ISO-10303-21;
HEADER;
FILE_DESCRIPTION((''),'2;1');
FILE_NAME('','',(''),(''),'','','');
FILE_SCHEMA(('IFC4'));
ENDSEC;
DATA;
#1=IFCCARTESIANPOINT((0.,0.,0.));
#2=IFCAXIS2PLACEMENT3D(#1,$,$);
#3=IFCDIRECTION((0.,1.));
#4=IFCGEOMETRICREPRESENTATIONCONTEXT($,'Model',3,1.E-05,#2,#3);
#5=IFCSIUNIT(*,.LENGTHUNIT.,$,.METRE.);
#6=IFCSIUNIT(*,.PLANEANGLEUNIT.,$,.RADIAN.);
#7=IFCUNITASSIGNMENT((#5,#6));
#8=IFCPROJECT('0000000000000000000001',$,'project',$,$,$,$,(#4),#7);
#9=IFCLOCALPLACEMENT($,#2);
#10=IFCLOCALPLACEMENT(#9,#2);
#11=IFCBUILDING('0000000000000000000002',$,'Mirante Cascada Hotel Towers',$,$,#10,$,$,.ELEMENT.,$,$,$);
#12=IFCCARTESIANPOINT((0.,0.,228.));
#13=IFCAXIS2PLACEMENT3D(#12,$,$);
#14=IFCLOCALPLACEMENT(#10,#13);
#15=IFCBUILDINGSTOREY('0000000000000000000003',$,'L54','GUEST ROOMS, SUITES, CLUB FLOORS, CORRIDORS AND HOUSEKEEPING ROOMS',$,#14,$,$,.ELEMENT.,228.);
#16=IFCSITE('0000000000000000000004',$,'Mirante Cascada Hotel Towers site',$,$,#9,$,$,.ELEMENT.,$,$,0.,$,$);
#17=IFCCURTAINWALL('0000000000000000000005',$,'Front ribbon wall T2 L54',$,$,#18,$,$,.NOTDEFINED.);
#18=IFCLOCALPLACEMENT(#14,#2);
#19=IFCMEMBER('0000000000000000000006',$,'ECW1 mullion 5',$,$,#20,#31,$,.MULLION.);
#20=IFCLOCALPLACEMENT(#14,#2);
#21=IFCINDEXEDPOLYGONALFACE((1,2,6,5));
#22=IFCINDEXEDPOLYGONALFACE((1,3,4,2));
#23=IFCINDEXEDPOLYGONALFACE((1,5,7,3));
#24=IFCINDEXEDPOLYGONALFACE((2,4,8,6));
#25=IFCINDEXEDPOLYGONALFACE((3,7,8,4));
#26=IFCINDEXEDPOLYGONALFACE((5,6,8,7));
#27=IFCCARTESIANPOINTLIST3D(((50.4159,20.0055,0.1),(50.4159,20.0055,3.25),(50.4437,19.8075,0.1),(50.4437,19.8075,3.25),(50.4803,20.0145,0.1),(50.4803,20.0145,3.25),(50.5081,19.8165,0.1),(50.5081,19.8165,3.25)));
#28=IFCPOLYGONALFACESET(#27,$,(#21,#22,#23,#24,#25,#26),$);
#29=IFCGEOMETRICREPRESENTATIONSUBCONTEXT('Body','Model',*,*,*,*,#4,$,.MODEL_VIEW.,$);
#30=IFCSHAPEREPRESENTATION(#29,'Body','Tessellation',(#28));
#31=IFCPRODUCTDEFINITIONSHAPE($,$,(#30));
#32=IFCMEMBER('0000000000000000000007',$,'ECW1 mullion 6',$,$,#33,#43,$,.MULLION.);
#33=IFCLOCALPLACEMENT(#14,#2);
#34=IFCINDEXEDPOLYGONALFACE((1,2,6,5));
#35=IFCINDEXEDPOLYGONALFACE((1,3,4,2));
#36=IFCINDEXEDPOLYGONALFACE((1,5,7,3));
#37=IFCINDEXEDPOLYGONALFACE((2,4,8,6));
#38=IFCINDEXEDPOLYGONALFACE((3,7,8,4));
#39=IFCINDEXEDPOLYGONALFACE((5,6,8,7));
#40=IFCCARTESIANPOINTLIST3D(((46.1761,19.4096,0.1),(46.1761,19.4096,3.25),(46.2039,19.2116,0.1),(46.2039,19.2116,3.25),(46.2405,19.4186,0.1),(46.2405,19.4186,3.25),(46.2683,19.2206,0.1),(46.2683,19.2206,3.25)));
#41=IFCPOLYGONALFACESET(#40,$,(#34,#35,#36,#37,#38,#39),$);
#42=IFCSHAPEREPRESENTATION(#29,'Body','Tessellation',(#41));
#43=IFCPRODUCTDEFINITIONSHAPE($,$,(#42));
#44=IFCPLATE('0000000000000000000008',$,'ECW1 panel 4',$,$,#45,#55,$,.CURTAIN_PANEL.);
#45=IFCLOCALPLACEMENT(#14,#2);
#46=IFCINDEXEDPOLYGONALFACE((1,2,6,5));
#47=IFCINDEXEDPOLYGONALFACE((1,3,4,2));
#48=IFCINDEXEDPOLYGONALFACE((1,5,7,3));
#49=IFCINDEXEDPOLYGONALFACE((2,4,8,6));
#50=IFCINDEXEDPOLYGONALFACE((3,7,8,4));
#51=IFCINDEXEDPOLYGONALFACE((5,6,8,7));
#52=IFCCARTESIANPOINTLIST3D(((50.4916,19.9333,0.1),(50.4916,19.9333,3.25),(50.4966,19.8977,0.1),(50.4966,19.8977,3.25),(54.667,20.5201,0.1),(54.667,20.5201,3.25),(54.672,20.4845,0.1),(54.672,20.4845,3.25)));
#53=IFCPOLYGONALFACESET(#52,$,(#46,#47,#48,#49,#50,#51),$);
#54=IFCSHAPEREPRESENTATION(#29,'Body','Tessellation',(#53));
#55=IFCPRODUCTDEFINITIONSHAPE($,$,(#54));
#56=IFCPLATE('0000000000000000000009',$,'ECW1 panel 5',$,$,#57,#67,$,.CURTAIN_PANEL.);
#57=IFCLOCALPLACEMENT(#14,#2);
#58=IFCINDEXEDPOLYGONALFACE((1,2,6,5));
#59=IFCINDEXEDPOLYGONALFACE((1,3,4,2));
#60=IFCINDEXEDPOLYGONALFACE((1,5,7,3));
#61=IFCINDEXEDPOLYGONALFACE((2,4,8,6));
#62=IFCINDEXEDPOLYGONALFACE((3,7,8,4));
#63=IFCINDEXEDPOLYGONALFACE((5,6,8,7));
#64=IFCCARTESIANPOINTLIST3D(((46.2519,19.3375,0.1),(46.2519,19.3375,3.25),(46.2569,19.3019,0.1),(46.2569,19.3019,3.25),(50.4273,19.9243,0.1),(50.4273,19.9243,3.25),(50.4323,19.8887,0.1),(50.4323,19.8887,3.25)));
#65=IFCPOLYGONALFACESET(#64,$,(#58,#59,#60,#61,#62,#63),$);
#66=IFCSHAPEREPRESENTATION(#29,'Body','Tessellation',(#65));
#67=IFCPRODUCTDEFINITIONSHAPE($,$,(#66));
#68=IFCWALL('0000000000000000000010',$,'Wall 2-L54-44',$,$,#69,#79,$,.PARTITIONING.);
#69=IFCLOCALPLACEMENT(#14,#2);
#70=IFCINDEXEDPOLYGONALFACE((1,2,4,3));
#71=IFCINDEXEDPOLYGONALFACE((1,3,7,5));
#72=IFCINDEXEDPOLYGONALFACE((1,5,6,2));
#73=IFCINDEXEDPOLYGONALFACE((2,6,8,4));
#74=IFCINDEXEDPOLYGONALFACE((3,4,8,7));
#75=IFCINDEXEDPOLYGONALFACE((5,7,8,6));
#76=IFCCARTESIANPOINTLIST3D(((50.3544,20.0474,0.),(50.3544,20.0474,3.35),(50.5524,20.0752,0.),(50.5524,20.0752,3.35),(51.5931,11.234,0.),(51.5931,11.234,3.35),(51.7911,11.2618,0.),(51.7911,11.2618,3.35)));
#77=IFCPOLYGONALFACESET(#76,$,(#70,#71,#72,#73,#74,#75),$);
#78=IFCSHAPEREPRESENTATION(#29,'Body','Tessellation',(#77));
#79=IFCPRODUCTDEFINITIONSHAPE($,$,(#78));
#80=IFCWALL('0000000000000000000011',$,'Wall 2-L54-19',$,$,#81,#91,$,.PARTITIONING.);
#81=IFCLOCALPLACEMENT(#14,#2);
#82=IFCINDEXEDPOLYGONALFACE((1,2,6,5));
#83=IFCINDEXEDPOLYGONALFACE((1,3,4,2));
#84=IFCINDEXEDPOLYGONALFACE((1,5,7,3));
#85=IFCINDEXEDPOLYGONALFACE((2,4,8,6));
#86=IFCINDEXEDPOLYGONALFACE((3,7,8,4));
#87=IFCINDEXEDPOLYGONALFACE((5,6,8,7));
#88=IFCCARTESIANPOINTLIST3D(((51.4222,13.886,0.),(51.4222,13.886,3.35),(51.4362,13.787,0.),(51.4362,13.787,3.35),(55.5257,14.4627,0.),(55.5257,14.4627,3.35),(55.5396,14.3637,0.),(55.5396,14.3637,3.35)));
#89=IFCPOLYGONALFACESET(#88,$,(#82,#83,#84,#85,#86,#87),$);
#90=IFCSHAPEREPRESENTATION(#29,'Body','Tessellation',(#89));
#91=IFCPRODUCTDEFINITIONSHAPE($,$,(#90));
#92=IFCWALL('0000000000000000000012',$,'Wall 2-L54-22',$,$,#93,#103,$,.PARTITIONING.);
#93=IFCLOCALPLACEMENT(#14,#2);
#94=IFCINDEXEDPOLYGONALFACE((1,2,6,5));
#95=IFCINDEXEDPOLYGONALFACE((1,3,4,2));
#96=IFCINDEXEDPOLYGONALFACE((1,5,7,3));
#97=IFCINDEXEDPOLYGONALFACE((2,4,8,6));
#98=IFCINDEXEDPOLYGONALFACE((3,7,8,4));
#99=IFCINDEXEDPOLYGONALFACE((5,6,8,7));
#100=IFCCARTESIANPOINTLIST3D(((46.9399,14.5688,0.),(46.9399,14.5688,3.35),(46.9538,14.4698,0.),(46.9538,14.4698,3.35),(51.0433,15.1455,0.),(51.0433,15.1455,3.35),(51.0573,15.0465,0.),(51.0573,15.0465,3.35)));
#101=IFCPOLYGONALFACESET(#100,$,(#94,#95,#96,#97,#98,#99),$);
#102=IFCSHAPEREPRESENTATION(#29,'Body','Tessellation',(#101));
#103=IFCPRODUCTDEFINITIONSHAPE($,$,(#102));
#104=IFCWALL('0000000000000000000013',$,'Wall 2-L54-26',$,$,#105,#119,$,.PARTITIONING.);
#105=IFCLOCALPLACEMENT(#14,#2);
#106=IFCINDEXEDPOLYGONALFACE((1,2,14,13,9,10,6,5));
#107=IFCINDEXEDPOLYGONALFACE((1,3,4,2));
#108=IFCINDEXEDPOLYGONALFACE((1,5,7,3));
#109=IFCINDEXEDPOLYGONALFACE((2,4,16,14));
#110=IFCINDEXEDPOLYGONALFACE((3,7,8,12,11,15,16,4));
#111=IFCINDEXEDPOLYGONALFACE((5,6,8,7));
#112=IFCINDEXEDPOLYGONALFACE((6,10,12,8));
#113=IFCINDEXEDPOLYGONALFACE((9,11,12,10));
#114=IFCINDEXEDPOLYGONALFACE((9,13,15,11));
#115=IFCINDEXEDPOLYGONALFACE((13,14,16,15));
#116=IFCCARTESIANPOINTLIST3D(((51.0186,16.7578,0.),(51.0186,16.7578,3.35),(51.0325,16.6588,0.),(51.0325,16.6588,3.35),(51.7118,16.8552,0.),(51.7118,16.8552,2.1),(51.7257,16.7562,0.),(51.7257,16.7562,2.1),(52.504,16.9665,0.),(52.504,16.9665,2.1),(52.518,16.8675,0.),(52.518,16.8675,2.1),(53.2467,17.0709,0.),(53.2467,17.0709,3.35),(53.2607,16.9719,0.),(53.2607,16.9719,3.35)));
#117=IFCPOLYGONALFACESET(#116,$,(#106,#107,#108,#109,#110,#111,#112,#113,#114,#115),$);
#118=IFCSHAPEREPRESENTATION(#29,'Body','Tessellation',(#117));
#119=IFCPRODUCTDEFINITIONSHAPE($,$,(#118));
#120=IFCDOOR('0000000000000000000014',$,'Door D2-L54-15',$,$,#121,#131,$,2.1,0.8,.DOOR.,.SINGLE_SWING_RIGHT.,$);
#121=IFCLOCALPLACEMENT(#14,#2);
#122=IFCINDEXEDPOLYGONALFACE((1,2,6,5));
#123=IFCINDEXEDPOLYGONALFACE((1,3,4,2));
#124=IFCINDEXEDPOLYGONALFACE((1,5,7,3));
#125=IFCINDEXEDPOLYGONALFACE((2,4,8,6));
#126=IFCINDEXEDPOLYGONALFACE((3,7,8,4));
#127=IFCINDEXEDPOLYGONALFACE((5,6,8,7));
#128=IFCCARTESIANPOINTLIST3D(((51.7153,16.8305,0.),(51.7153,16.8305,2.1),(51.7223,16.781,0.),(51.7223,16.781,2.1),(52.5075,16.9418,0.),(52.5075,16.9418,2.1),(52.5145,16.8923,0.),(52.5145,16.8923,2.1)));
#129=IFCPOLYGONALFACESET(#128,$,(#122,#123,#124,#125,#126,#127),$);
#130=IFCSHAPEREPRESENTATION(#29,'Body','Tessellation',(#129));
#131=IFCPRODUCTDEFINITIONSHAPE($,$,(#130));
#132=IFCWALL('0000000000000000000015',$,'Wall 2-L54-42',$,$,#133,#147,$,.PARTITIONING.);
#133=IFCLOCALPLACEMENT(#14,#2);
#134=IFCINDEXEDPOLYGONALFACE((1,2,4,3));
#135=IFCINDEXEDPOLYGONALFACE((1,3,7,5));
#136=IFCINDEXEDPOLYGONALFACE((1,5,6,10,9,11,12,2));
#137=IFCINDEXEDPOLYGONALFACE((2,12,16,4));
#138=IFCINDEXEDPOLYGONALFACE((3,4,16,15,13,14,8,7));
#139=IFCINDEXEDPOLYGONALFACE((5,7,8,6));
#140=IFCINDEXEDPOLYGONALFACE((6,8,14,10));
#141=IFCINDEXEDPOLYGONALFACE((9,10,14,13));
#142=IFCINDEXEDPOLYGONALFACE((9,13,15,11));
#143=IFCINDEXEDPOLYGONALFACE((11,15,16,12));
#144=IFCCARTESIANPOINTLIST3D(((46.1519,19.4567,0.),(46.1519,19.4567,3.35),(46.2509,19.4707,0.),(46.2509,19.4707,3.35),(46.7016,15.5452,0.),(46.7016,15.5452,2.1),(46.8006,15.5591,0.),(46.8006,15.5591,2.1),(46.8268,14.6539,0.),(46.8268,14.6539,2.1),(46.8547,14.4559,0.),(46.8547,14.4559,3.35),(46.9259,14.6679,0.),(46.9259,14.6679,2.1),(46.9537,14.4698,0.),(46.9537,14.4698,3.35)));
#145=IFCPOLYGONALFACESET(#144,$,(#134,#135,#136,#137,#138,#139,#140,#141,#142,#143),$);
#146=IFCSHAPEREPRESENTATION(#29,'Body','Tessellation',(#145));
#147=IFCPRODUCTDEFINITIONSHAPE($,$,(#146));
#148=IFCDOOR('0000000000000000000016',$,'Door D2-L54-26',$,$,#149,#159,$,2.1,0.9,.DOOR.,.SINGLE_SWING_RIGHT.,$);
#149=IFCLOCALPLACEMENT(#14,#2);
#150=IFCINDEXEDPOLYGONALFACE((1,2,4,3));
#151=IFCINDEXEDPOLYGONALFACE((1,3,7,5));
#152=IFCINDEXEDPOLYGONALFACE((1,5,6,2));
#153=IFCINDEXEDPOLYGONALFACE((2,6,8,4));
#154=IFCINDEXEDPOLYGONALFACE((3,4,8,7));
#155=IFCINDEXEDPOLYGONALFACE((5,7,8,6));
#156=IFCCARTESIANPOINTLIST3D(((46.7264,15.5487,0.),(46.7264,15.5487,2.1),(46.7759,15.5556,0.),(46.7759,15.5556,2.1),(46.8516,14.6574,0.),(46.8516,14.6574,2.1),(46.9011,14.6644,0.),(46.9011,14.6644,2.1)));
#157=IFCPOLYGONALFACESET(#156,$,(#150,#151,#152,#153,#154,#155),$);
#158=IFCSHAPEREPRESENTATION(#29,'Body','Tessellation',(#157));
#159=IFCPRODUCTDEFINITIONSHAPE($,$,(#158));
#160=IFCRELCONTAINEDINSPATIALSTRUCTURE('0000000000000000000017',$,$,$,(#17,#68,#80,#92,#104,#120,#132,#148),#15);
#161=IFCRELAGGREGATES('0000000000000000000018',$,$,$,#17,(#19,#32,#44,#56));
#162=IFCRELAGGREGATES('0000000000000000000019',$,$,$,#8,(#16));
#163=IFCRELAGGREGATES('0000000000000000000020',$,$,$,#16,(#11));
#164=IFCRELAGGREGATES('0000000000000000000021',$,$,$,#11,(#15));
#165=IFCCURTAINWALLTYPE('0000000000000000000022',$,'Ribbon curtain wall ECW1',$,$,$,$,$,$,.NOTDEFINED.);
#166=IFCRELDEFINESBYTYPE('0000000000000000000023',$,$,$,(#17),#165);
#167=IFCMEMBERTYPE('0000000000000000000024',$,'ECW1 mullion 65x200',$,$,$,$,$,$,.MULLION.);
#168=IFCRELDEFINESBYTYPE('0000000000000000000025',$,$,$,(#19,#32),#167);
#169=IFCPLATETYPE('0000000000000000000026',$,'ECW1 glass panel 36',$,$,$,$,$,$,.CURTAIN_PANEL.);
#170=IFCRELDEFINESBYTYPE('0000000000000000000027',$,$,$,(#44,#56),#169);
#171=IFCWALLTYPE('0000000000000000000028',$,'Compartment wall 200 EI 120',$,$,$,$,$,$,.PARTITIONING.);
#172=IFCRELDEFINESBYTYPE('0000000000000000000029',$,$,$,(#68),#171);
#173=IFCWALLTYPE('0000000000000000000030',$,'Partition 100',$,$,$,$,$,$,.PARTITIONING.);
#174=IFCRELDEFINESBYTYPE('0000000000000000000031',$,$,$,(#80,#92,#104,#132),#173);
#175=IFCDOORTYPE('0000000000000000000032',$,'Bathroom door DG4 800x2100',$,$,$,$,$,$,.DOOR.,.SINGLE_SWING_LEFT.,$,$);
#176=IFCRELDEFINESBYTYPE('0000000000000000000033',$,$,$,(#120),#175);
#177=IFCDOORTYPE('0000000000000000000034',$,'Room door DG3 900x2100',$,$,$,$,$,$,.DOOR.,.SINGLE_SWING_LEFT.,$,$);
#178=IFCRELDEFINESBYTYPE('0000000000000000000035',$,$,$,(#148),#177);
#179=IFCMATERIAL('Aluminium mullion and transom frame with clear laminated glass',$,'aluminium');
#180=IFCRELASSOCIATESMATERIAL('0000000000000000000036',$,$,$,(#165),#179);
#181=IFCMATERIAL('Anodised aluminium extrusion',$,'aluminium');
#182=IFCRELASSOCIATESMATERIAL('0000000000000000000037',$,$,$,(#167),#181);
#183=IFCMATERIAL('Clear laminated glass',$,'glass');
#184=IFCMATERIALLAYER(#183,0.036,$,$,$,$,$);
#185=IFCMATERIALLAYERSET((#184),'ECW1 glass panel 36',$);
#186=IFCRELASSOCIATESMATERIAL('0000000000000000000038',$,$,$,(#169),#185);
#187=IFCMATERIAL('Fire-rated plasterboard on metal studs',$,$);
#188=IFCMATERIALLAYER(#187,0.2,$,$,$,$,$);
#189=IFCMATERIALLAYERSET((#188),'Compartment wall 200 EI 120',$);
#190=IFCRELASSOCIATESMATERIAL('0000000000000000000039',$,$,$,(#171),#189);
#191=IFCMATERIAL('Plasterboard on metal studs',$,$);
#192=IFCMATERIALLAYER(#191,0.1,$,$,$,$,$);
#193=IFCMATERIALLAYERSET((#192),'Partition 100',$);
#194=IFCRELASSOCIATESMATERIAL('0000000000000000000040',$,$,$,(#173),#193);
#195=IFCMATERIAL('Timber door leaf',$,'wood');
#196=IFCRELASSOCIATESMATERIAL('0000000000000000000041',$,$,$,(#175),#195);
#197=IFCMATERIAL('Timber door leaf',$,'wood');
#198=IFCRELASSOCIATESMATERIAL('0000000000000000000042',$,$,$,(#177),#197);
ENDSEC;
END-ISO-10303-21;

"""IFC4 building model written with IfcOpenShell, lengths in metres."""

from ifc_helpers import new_model, si_unit, direction, frame, frame_2d, origin, origin_2d, place, context, subcontext, project, spatial, rectangle, extrude, material, layer, layer_set, material_profile, profile_set, type_object, element, fill, aggregate, save


model = new_model("IFC4")

# Units and contexts
model_context = context("Model", 3, precision=1e-05, world=origin(), true_north=direction((0.0, 1.0)))
body_context = subcontext(model_context, "Body", "Model", "MODEL_VIEW")
ifc_project = project(units=[si_unit("LENGTHUNIT", "METRE"), si_unit("PLANEANGLEUNIT", "RADIAN")], contexts=[model_context])

# Site, building, storey
site_placement = place(None, origin())
site = spatial("IfcSite", under=ifc_project, at=site_placement, Name="Mirante Cascada Hotel Towers site", CompositionType="ELEMENT", RefElevation=0.0)
building_placement = place(site_placement, origin())
building = spatial("IfcBuilding", under=site, at=building_placement, Name="Mirante Cascada Hotel Towers", CompositionType="ELEMENT")
storey_placement = place(building_placement, frame((0.0, 0.0, 228.0)))
storey = spatial("IfcBuildingStorey", under=building, at=storey_placement, Name="L54", Description="GUEST ROOMS, SUITES, CLUB FLOORS, CORRIDORS AND HOUSEKEEPING ROOMS", CompositionType="ELEMENT", Elevation=228.0)

# Curtain wall, members, plates
ifc_material_1 = material(Name="Aluminium mullion and transom frame with clear laminated glass", Category="aluminium")
curtain_wall_type = type_object("IfcCurtainWallType", Name="Ribbon curtain wall ECW1", PredefinedType="NOTDEFINED", material=ifc_material_1)
curtain_wall_placement = place(storey_placement, origin())
curtain_wall = element("IfcCurtainWall", 1, at=curtain_wall_placement, inside=storey, type_object=curtain_wall_type, Name="Front ribbon wall T2 L54", PredefinedType="NOTDEFINED")
ifc_material_2 = material(Name="Anodised aluminium extrusion", Category="aluminium")
ifc_material_profile = material_profile(ifc_material_2, rectangle(XDim=0.2, YDim=0.065, at=origin_2d()), Name="ECW1 MULLION 65x200")
ifc_profile_set = profile_set([ifc_material_profile], Name="Anodised aluminium extrusion")
member_type = type_object("IfcMemberType", Name="ECW1 mullion 65x200", PredefinedType="MULLION", material=ifc_profile_set)
member_1_placement = place(storey_placement, frame((50.462, 19.911, 0.1), z_axis=(0.0, 0.0, 1.0), x_axis=(0.139173, -0.990268, 0.0)))
member_1 = element("IfcMember", 2, at=member_1_placement, type_object=member_type, Name="ECW1 mullion 5", PredefinedType="MULLION", context=body_context, shape_type="SweptSolid", body=[
    extrude(rectangle(XDim=0.2, YDim=0.065, at=origin_2d()), origin(), (0.0, 0.0, 1.0), 3.15),
])
member_2_placement = place(storey_placement, frame((46.2222, 19.3151, 0.1), z_axis=(0.0, 0.0, 1.0), x_axis=(0.139173, -0.990268, 0.0)))
member_2 = element("IfcMember", 3, at=member_2_placement, type_object=member_type, Name="ECW1 mullion 6", PredefinedType="MULLION", context=body_context, shape_type="SweptSolid", body=[
    extrude(rectangle(XDim=0.2, YDim=0.065, at=origin_2d()), origin(), (0.0, 0.0, 1.0), 3.15),
])
ifc_material_3 = material(Name="Clear laminated glass", Category="glass")
ifc_layer_1 = layer(ifc_material_3, 0.036)
ifc_layer_set_1 = layer_set([ifc_layer_1], Name="ECW1 glass panel 36")
plate_type = type_object("IfcPlateType", Name="ECW1 glass panel 36", PredefinedType="CURTAIN_PANEL", material=ifc_layer_set_1)
plate_1_placement = place(storey_placement, frame((52.5818, 20.2089, 0.1), z_axis=(0.0, 0.0, 1.0), x_axis=(-0.990268, -0.139173, 0.0)))
plate_1 = element("IfcPlate", 4, at=plate_1_placement, type_object=plate_type, Name="ECW1 panel 4", PredefinedType="CURTAIN_PANEL", context=body_context, shape_type="SweptSolid", body=[
    extrude(rectangle(XDim=4.2164, YDim=0.036, at=origin_2d()), origin(), (0.0, 0.0, 1.0), 3.15),
])
plate_2_placement = place(storey_placement, frame((48.3421, 19.6131, 0.1), z_axis=(0.0, 0.0, 1.0), x_axis=(-0.990268, -0.139173, 0.0)))
plate_2 = element("IfcPlate", 5, at=plate_2_placement, type_object=plate_type, Name="ECW1 panel 5", PredefinedType="CURTAIN_PANEL", context=body_context, shape_type="SweptSolid", body=[
    extrude(rectangle(XDim=4.2164, YDim=0.036, at=origin_2d()), origin(), (0.0, 0.0, 1.0), 3.15),
])
aggregate(curtain_wall, [member_1, member_2, plate_1, plate_2])

# Walls
ifc_material_4 = material(Name="Fire-rated plasterboard on metal studs")
ifc_layer_2 = layer(ifc_material_4, 0.2)
ifc_layer_set_2 = layer_set([ifc_layer_2], Name="Compartment wall 200 EI 120")
wall_type_1 = type_object("IfcWallType", Name="Compartment wall 200 EI 120", PredefinedType="PARTITIONING", material=ifc_layer_set_2)
wall_1_placement = place(storey_placement, frame((50.4534, 20.0613, 0.0), z_axis=(0.0, 0.0, 1.0), x_axis=(0.139179, -0.990267, 0.0)))
element("IfcWall", 6, at=wall_1_placement, inside=storey, type_object=wall_type_1, Name="Wall 2-L54-44", PredefinedType="PARTITIONING", context=body_context, shape_type="SweptSolid", body=[
    extrude(rectangle(XDim=8.9, YDim=0.2, at=frame_2d((4.45, 0.0))), origin(), (0.0, 0.0, 1.0), 3.35),
])
ifc_material_5 = material(Name="Plasterboard on metal studs")
ifc_layer_3 = layer(ifc_material_5, 0.1)
ifc_layer_set_3 = layer_set([ifc_layer_3], Name="Partition 100")
wall_type_2 = type_object("IfcWallType", Name="Partition 100", PredefinedType="PARTITIONING", material=ifc_layer_set_3)
for number, where, z_axis, x_axis, name in (
    (7, (51.4292, 13.8365, 0.0), (0.0, 0.0, 1.0), (0.990268, 0.139171, 0.0), "Wall 2-L54-19"),
    (8, (51.0503, 15.096, 0.0), (0.0, 0.0, 1.0), (-0.990268, -0.139171, 0.0), "Wall 2-L54-22"),
):
    element("IfcWall", number, at=place(storey_placement, frame(where, z_axis=z_axis, x_axis=x_axis)), inside=storey, type_object=wall_type_2, Name=name, PredefinedType="PARTITIONING", context=body_context, shape_type="SweptSolid", body=[
        extrude(rectangle(XDim=4.1438, YDim=0.1, at=frame_2d((2.0719, 0.0))), origin(), (0.0, 0.0, 1.0), 3.35),
    ])

# Walls, openings, doors
wall_2_placement = place(storey_placement, frame((53.2537, 17.0214, 0.0), z_axis=(0.0, 0.0, 1.0), x_axis=(-0.990271, -0.139156, 0.0)))
wall_2 = element("IfcWall", 9, at=wall_2_placement, inside=storey, type_object=wall_type_2, Name="Wall 2-L54-26", PredefinedType="PARTITIONING", context=body_context, shape_type="SweptSolid", body=[
    extrude(rectangle(XDim=2.25, YDim=0.1, at=frame_2d((1.125, 0.0))), origin(), (0.0, 0.0, 1.0), 3.35),
])
opening_1_placement = place(wall_2_placement, frame((0.75, 0.0, 0.0)))
opening_1 = element("IfcOpeningElement", 10, at=opening_1_placement, cuts=wall_2, PredefinedType="OPENING", context=body_context, shape_type="SweptSolid", body=[
    extrude(rectangle(XDim=0.8, YDim=2.1, at=frame_2d((0.4, 1.05))), frame((0.0, 0.05, 0.0), z_axis=(0.0, -1.0, 0.0), x_axis=(1.0, 0.0, 0.0)), (0.0, 0.0, 1.0), 0.1),
])
ifc_material_6 = material(Name="Timber door leaf", Category="wood")
door_type_1 = type_object("IfcDoorType", Name="Bathroom door DG4 800x2100", OperationType="SINGLE_SWING_LEFT", PredefinedType="DOOR", material=ifc_material_6)
door_1_placement = place(opening_1_placement, frame((0.8, 0.0, 0.0), z_axis=(0.0, 0.0, 1.0), x_axis=(-1.0, 0.0, 0.0)))
door_1 = element("IfcDoor", 11, at=door_1_placement, inside=storey, type_object=door_type_1, Name="Door D2-L54-15", OperationType="SINGLE_SWING_RIGHT", OverallHeight=2.1, OverallWidth=0.8, PredefinedType="DOOR", context=body_context, shape_type="SweptSolid", body=[
    extrude(rectangle(XDim=0.8, YDim=2.1, at=frame_2d((0.4, 1.05))), frame((0.0, 0.025, 0.0), z_axis=(0.0, -1.0, 0.0), x_axis=(1.0, 0.0, 0.0)), (0.0, 0.0, 1.0), 0.05),
])
fill(opening_1, door_1)
wall_3_placement = place(storey_placement, frame((46.2014, 19.4637, 0.0), z_axis=(0.0, 0.0, 1.0), x_axis=(0.139167, -0.990269, 0.0)))
wall_3 = element("IfcWall", 12, at=wall_3_placement, inside=storey, type_object=wall_type_2, Name="Wall 2-L54-42", PredefinedType="PARTITIONING", context=body_context, shape_type="SweptSolid", body=[
    extrude(rectangle(XDim=5.05, YDim=0.1, at=frame_2d((2.525, 0.0))), origin(), (0.0, 0.0, 1.0), 3.35),
])
opening_2_placement = place(wall_3_placement, frame((3.95, 0.0, 0.0)))
opening_2 = element("IfcOpeningElement", 13, at=opening_2_placement, cuts=wall_3, PredefinedType="OPENING", context=body_context, shape_type="SweptSolid", body=[
    extrude(rectangle(XDim=0.9, YDim=2.1, at=frame_2d((0.45, 1.05))), frame((0.0, 0.05, 0.0), z_axis=(0.0, -1.0, 0.0), x_axis=(1.0, 0.0, 0.0)), (0.0, 0.0, 1.0), 0.1),
])
ifc_material_7 = material(Name="Timber door leaf", Category="wood")
door_type_2 = type_object("IfcDoorType", Name="Room door DG3 900x2100", OperationType="SINGLE_SWING_LEFT", PredefinedType="DOOR", material=ifc_material_7)
door_2_placement = place(opening_2_placement, frame((0.9, 0.0, 0.0), z_axis=(0.0, 0.0, 1.0), x_axis=(-1.0, 0.0, 0.0)))
door_2 = element("IfcDoor", 14, at=door_2_placement, inside=storey, type_object=door_type_2, Name="Door D2-L54-26", OperationType="SINGLE_SWING_RIGHT", OverallHeight=2.1, OverallWidth=0.9, PredefinedType="DOOR", context=body_context, shape_type="SweptSolid", body=[
    extrude(rectangle(XDim=0.9, YDim=2.1, at=frame_2d((0.45, 1.05))), frame((0.0, 0.025, 0.0), z_axis=(0.0, -1.0, 0.0), x_axis=(1.0, 0.0, 0.0)), (0.0, 0.0, 1.0), 0.05),
])
fill(opening_2, door_2)

save(model, "model.ifc")
